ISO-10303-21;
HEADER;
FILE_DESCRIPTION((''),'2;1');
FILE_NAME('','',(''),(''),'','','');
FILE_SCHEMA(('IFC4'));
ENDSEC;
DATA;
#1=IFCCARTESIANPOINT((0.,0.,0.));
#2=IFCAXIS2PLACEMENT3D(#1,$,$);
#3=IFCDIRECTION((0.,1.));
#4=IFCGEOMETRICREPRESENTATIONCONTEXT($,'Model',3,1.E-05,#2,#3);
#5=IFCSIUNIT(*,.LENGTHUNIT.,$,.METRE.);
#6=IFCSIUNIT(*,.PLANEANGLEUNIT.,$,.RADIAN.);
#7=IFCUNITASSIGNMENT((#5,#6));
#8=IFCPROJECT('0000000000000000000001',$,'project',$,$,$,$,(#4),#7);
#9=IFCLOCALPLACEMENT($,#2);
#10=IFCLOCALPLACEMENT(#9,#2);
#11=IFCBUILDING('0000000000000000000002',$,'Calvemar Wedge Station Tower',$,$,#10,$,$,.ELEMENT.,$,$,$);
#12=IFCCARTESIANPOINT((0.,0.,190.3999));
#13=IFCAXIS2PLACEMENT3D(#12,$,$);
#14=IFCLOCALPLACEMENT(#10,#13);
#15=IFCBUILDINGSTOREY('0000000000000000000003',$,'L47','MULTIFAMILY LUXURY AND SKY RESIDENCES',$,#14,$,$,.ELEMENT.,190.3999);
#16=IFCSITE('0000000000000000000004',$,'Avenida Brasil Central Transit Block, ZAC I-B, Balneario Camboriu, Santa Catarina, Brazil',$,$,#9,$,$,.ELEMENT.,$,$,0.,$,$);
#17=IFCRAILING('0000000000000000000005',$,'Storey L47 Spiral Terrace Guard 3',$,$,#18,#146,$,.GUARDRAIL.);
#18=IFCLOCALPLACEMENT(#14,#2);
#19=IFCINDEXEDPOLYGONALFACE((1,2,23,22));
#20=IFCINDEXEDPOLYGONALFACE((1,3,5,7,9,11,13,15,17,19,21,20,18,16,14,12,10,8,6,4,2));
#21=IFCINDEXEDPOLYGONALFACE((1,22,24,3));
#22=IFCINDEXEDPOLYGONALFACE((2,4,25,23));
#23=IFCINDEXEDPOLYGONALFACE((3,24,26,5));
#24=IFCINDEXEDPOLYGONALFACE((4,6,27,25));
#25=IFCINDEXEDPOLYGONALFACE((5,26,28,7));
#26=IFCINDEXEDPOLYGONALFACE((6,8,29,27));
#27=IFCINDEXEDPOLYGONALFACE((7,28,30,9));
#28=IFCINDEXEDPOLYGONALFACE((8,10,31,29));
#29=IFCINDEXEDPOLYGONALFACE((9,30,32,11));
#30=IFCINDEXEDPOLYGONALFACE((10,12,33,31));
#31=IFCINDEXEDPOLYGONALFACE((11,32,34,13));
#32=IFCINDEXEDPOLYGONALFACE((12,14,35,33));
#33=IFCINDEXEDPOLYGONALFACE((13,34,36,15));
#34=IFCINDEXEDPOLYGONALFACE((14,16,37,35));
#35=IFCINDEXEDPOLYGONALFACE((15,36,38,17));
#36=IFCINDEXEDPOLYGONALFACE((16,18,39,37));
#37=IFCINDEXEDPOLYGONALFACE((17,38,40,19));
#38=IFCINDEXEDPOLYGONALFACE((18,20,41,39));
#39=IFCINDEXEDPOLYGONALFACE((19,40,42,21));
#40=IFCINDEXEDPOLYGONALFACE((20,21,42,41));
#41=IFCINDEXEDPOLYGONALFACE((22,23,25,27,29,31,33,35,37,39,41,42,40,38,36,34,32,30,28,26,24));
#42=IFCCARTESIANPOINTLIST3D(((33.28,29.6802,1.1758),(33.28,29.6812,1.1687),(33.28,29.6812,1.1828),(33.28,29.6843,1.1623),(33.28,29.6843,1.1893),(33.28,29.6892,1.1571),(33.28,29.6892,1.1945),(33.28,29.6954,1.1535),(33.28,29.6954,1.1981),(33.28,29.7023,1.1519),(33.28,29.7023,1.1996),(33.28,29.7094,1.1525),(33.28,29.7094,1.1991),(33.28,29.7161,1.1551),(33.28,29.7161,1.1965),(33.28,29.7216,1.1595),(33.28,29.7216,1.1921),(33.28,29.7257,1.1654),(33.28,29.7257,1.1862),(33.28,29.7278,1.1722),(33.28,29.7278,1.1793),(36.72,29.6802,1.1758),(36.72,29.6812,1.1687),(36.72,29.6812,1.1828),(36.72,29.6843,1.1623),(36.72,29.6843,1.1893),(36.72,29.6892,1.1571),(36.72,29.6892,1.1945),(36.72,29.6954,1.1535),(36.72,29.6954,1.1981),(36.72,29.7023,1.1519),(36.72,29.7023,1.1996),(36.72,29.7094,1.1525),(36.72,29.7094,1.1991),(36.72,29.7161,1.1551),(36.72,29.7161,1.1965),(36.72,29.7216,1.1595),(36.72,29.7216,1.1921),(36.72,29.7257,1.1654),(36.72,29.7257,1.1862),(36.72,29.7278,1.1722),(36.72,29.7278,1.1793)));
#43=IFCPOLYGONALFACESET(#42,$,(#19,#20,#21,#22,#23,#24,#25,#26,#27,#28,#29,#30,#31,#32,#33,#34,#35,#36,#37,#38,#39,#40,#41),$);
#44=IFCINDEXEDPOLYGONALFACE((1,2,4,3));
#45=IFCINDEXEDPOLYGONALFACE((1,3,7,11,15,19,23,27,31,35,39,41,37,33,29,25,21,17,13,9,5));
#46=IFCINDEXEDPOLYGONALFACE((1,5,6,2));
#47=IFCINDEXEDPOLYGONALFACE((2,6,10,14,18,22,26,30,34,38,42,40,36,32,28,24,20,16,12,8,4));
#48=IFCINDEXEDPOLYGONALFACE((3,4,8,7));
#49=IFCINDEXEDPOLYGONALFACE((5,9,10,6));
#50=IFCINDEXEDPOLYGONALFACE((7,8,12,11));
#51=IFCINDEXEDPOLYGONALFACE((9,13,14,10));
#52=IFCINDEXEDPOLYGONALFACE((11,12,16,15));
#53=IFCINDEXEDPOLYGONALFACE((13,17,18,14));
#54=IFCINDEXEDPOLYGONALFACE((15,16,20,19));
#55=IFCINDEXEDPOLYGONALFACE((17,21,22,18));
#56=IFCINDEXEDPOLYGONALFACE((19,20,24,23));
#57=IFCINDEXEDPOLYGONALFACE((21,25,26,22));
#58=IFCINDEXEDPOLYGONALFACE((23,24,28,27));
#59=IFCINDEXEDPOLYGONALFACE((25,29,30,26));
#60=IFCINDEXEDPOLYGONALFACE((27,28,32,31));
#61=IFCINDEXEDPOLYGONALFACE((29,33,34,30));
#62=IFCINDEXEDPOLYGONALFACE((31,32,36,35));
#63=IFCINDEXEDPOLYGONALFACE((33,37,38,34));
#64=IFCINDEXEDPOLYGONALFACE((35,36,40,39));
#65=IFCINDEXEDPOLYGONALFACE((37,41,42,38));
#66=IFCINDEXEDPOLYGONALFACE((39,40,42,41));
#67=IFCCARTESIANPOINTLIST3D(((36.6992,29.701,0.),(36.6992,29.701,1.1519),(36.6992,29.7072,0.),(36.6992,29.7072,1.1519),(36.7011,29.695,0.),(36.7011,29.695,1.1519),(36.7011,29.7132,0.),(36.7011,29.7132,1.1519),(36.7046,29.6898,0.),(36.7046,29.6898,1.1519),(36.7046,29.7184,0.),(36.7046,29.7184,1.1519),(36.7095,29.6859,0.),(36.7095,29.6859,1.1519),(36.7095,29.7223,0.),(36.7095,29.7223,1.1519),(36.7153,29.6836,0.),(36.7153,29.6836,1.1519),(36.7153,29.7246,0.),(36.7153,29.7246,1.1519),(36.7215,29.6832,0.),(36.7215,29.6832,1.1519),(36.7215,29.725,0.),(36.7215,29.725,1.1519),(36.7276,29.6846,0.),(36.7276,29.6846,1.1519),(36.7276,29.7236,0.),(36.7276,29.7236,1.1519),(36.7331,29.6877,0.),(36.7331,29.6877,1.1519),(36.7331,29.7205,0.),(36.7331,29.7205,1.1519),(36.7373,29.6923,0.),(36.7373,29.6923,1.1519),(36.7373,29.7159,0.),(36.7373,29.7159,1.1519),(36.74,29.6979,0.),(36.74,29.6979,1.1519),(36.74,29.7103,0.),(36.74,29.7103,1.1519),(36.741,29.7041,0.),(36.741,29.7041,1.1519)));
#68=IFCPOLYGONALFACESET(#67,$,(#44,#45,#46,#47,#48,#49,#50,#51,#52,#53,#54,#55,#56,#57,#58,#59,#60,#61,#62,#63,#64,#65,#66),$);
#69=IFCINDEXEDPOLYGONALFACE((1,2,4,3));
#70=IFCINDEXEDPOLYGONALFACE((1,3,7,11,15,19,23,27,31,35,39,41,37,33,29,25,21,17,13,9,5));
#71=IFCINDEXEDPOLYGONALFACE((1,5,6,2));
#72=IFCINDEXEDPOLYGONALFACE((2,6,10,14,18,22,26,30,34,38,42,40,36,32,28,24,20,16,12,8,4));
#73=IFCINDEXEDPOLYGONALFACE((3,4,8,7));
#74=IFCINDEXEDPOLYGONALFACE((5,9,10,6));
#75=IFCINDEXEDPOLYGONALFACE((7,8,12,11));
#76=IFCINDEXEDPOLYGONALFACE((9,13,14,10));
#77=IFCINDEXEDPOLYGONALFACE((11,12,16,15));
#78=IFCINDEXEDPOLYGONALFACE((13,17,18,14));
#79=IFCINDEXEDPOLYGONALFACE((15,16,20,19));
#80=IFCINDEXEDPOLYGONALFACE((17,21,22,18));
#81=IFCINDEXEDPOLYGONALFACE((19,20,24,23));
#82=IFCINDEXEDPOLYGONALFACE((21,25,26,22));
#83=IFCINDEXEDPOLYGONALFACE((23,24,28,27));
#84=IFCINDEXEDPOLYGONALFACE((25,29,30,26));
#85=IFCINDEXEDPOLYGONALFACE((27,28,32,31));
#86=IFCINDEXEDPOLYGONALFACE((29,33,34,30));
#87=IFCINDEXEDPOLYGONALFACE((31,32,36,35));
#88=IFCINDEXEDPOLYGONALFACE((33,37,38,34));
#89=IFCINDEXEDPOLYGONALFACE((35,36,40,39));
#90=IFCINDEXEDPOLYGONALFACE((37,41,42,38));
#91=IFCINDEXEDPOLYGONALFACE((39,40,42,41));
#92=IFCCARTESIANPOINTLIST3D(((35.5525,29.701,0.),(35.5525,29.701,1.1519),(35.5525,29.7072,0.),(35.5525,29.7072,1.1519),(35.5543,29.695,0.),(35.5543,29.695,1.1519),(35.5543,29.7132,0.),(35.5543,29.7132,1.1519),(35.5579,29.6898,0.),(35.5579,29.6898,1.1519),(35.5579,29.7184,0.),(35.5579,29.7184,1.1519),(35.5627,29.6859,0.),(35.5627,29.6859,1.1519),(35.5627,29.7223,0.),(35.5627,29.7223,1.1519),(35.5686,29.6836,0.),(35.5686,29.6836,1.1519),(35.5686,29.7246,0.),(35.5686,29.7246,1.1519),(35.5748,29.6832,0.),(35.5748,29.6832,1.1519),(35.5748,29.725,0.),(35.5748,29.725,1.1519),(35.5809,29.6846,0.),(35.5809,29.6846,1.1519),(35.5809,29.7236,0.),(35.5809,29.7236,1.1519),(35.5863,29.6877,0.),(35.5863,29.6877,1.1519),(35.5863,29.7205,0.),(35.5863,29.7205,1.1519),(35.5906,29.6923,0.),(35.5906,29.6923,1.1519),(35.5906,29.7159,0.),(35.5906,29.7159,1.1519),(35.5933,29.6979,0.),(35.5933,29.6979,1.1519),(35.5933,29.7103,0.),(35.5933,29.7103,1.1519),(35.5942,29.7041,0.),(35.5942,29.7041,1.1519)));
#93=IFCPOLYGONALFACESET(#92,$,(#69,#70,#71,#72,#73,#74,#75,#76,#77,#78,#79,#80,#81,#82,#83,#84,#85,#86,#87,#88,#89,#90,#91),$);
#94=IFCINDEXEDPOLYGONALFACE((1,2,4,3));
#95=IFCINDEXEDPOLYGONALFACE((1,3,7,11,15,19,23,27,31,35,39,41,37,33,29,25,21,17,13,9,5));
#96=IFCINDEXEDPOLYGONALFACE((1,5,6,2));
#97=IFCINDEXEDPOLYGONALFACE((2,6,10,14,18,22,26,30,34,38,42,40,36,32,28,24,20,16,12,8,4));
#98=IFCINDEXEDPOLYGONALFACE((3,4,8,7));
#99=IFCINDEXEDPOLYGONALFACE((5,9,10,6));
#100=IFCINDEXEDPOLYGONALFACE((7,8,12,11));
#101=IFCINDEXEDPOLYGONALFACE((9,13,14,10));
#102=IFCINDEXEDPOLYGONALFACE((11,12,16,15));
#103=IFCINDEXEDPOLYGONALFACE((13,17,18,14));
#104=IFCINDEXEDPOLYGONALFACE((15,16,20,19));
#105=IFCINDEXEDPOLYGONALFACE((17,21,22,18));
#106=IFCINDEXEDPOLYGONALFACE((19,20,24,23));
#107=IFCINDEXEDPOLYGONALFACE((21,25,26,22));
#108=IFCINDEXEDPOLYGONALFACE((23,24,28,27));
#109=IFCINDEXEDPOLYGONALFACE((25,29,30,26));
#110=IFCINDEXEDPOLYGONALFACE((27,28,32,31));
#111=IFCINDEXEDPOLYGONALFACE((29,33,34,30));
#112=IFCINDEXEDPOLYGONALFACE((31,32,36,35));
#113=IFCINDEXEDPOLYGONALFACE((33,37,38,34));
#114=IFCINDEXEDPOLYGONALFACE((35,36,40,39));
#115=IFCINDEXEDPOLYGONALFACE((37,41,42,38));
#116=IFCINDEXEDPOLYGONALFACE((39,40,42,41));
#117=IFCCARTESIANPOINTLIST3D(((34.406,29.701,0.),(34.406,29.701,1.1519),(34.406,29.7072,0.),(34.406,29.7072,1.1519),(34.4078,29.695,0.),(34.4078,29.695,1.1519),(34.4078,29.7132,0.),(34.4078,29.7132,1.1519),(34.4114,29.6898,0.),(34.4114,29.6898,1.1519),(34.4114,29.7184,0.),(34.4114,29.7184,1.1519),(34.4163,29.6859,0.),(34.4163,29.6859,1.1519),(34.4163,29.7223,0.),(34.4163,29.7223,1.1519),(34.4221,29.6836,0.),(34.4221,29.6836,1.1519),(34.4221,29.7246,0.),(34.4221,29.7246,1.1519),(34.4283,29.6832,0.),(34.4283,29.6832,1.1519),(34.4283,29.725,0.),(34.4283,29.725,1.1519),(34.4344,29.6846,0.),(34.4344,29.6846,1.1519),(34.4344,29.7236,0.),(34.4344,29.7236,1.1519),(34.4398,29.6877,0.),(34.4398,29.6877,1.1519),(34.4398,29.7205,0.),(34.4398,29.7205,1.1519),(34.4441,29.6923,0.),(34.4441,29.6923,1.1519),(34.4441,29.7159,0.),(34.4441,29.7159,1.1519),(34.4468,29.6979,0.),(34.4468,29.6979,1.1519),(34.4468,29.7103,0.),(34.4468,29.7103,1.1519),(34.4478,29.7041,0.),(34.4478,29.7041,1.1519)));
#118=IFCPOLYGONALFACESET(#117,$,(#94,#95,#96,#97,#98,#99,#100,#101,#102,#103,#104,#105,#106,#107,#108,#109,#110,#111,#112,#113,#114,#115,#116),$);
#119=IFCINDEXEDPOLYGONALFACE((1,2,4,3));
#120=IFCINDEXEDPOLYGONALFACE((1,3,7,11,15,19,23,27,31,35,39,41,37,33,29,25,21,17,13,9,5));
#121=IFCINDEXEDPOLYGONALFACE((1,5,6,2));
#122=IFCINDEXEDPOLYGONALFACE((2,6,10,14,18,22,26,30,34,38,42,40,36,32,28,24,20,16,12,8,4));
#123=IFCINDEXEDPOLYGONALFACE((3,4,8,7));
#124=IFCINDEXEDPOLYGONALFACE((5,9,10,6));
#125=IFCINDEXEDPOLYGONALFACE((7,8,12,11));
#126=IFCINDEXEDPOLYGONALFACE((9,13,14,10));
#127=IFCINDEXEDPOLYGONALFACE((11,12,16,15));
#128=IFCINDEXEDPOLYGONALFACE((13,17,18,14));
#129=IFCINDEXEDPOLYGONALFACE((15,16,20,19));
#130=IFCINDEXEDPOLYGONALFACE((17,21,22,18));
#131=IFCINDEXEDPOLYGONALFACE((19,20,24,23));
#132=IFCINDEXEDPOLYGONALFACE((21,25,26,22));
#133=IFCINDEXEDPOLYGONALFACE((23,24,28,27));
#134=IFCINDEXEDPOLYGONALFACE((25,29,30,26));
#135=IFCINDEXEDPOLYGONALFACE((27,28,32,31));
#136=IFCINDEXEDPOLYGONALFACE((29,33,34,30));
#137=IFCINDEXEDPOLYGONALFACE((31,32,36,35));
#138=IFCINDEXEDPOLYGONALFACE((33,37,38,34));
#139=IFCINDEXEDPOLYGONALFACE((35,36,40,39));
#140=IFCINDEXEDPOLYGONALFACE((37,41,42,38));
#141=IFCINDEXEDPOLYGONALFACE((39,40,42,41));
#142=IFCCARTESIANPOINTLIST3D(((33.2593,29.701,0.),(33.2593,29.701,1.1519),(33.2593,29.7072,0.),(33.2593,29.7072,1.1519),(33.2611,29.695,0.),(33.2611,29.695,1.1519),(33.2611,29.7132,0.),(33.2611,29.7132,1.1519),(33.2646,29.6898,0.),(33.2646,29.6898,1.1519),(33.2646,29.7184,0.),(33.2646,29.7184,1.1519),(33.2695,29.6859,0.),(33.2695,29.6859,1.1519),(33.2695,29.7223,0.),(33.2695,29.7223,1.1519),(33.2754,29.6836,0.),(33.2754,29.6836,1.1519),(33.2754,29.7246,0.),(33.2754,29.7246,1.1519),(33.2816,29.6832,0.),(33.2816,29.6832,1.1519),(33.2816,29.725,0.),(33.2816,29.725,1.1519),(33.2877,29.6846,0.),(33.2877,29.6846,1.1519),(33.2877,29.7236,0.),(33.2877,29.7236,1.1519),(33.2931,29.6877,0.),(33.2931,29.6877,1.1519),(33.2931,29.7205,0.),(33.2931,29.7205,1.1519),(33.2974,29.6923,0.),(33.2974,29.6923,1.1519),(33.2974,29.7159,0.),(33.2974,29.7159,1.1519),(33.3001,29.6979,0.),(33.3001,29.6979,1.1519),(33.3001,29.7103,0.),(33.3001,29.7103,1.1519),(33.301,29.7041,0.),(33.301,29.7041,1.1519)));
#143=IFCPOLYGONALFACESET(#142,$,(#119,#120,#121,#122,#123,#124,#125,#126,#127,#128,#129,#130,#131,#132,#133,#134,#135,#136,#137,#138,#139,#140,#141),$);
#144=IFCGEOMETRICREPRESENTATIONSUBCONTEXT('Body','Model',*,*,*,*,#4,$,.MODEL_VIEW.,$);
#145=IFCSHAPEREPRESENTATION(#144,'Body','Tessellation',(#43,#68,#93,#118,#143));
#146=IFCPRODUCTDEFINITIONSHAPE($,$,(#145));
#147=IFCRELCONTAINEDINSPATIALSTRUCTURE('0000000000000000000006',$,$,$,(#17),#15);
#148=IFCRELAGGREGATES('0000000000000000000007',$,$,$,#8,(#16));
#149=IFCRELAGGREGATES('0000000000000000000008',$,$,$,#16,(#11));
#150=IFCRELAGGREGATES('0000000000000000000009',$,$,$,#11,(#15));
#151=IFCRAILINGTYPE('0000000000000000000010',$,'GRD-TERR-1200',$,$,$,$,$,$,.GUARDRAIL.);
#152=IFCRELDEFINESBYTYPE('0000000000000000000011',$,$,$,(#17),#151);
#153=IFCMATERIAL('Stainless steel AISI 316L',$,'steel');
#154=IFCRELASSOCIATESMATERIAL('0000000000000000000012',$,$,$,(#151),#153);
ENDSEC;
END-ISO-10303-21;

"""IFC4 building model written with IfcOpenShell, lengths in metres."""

from ifc_helpers import new_model, si_unit, direction, frame, origin, origin_2d, place, context, subcontext, project, spatial, circle, extrude, material, type_object, element, save


model = new_model("IFC4")

# Units and contexts
model_context = context("Model", 3, precision=1e-05, world=origin(), true_north=direction((0.0, 1.0)))
body_context = subcontext(model_context, "Body", "Model", "MODEL_VIEW")
ifc_project = project(units=[si_unit("LENGTHUNIT", "METRE"), si_unit("PLANEANGLEUNIT", "RADIAN")], contexts=[model_context])

# Site, building, storey
site_placement = place(None, origin())
site = spatial("IfcSite", under=ifc_project, at=site_placement, Name="Avenida Brasil Central Transit Block, ZAC I-B, Balneario Camboriu, Santa Catarina, Brazil", CompositionType="ELEMENT", RefElevation=0.0)
building_placement = place(site_placement, origin())
building = spatial("IfcBuilding", under=site, at=building_placement, Name="Calvemar Wedge Station Tower", CompositionType="ELEMENT")
storey_placement = place(building_placement, frame((0.0, 0.0, 190.3999)))
storey = spatial("IfcBuildingStorey", under=building, at=storey_placement, Name="L47", Description="MULTIFAMILY LUXURY AND SKY RESIDENCES", CompositionType="ELEMENT", Elevation=190.3999)

# Railing
ifc_material_1 = material(Name="Stainless steel AISI 316L", Category="steel")
railing_type = type_object("IfcRailingType", Name="GRD-TERR-1200", PredefinedType="GUARDRAIL", material=ifc_material_1)
railing_1_placement = place(storey_placement, frame((36.72, 29.7041, 0.0)))
element("IfcRailing", 1, at=railing_1_placement, inside=storey, type_object=railing_type, Name="Storey L47 Spiral Terrace Guard 3", PredefinedType="GUARDRAIL", context=body_context, shape_type="SweptSolid", body=[
    extrude(circle(Radius=0.0239, at=origin_2d()), frame((0.0, 0.0, 1.1758), z_axis=(-1.0, 0.0, 0.0), x_axis=(0.0, -1.0, 0.0)), (0.0, 0.0, 1.0), 3.4399),
    extrude(circle(Radius=0.021, at=origin_2d()), origin(), (0.0, 0.0, 1.0), 1.1519),
    extrude(circle(Radius=0.021, at=origin_2d()), frame((-1.1467, 0.0, 0.0)), (0.0, 0.0, 1.0), 1.1519),
    extrude(circle(Radius=0.021, at=origin_2d()), frame((-2.2932, 0.0, 0.0)), (0.0, 0.0, 1.0), 1.1519),
    extrude(circle(Radius=0.021, at=origin_2d()), frame((-3.4399, 0.0, 0.0)), (0.0, 0.0, 1.0), 1.1519),
])

save(model, "model.ifc")
